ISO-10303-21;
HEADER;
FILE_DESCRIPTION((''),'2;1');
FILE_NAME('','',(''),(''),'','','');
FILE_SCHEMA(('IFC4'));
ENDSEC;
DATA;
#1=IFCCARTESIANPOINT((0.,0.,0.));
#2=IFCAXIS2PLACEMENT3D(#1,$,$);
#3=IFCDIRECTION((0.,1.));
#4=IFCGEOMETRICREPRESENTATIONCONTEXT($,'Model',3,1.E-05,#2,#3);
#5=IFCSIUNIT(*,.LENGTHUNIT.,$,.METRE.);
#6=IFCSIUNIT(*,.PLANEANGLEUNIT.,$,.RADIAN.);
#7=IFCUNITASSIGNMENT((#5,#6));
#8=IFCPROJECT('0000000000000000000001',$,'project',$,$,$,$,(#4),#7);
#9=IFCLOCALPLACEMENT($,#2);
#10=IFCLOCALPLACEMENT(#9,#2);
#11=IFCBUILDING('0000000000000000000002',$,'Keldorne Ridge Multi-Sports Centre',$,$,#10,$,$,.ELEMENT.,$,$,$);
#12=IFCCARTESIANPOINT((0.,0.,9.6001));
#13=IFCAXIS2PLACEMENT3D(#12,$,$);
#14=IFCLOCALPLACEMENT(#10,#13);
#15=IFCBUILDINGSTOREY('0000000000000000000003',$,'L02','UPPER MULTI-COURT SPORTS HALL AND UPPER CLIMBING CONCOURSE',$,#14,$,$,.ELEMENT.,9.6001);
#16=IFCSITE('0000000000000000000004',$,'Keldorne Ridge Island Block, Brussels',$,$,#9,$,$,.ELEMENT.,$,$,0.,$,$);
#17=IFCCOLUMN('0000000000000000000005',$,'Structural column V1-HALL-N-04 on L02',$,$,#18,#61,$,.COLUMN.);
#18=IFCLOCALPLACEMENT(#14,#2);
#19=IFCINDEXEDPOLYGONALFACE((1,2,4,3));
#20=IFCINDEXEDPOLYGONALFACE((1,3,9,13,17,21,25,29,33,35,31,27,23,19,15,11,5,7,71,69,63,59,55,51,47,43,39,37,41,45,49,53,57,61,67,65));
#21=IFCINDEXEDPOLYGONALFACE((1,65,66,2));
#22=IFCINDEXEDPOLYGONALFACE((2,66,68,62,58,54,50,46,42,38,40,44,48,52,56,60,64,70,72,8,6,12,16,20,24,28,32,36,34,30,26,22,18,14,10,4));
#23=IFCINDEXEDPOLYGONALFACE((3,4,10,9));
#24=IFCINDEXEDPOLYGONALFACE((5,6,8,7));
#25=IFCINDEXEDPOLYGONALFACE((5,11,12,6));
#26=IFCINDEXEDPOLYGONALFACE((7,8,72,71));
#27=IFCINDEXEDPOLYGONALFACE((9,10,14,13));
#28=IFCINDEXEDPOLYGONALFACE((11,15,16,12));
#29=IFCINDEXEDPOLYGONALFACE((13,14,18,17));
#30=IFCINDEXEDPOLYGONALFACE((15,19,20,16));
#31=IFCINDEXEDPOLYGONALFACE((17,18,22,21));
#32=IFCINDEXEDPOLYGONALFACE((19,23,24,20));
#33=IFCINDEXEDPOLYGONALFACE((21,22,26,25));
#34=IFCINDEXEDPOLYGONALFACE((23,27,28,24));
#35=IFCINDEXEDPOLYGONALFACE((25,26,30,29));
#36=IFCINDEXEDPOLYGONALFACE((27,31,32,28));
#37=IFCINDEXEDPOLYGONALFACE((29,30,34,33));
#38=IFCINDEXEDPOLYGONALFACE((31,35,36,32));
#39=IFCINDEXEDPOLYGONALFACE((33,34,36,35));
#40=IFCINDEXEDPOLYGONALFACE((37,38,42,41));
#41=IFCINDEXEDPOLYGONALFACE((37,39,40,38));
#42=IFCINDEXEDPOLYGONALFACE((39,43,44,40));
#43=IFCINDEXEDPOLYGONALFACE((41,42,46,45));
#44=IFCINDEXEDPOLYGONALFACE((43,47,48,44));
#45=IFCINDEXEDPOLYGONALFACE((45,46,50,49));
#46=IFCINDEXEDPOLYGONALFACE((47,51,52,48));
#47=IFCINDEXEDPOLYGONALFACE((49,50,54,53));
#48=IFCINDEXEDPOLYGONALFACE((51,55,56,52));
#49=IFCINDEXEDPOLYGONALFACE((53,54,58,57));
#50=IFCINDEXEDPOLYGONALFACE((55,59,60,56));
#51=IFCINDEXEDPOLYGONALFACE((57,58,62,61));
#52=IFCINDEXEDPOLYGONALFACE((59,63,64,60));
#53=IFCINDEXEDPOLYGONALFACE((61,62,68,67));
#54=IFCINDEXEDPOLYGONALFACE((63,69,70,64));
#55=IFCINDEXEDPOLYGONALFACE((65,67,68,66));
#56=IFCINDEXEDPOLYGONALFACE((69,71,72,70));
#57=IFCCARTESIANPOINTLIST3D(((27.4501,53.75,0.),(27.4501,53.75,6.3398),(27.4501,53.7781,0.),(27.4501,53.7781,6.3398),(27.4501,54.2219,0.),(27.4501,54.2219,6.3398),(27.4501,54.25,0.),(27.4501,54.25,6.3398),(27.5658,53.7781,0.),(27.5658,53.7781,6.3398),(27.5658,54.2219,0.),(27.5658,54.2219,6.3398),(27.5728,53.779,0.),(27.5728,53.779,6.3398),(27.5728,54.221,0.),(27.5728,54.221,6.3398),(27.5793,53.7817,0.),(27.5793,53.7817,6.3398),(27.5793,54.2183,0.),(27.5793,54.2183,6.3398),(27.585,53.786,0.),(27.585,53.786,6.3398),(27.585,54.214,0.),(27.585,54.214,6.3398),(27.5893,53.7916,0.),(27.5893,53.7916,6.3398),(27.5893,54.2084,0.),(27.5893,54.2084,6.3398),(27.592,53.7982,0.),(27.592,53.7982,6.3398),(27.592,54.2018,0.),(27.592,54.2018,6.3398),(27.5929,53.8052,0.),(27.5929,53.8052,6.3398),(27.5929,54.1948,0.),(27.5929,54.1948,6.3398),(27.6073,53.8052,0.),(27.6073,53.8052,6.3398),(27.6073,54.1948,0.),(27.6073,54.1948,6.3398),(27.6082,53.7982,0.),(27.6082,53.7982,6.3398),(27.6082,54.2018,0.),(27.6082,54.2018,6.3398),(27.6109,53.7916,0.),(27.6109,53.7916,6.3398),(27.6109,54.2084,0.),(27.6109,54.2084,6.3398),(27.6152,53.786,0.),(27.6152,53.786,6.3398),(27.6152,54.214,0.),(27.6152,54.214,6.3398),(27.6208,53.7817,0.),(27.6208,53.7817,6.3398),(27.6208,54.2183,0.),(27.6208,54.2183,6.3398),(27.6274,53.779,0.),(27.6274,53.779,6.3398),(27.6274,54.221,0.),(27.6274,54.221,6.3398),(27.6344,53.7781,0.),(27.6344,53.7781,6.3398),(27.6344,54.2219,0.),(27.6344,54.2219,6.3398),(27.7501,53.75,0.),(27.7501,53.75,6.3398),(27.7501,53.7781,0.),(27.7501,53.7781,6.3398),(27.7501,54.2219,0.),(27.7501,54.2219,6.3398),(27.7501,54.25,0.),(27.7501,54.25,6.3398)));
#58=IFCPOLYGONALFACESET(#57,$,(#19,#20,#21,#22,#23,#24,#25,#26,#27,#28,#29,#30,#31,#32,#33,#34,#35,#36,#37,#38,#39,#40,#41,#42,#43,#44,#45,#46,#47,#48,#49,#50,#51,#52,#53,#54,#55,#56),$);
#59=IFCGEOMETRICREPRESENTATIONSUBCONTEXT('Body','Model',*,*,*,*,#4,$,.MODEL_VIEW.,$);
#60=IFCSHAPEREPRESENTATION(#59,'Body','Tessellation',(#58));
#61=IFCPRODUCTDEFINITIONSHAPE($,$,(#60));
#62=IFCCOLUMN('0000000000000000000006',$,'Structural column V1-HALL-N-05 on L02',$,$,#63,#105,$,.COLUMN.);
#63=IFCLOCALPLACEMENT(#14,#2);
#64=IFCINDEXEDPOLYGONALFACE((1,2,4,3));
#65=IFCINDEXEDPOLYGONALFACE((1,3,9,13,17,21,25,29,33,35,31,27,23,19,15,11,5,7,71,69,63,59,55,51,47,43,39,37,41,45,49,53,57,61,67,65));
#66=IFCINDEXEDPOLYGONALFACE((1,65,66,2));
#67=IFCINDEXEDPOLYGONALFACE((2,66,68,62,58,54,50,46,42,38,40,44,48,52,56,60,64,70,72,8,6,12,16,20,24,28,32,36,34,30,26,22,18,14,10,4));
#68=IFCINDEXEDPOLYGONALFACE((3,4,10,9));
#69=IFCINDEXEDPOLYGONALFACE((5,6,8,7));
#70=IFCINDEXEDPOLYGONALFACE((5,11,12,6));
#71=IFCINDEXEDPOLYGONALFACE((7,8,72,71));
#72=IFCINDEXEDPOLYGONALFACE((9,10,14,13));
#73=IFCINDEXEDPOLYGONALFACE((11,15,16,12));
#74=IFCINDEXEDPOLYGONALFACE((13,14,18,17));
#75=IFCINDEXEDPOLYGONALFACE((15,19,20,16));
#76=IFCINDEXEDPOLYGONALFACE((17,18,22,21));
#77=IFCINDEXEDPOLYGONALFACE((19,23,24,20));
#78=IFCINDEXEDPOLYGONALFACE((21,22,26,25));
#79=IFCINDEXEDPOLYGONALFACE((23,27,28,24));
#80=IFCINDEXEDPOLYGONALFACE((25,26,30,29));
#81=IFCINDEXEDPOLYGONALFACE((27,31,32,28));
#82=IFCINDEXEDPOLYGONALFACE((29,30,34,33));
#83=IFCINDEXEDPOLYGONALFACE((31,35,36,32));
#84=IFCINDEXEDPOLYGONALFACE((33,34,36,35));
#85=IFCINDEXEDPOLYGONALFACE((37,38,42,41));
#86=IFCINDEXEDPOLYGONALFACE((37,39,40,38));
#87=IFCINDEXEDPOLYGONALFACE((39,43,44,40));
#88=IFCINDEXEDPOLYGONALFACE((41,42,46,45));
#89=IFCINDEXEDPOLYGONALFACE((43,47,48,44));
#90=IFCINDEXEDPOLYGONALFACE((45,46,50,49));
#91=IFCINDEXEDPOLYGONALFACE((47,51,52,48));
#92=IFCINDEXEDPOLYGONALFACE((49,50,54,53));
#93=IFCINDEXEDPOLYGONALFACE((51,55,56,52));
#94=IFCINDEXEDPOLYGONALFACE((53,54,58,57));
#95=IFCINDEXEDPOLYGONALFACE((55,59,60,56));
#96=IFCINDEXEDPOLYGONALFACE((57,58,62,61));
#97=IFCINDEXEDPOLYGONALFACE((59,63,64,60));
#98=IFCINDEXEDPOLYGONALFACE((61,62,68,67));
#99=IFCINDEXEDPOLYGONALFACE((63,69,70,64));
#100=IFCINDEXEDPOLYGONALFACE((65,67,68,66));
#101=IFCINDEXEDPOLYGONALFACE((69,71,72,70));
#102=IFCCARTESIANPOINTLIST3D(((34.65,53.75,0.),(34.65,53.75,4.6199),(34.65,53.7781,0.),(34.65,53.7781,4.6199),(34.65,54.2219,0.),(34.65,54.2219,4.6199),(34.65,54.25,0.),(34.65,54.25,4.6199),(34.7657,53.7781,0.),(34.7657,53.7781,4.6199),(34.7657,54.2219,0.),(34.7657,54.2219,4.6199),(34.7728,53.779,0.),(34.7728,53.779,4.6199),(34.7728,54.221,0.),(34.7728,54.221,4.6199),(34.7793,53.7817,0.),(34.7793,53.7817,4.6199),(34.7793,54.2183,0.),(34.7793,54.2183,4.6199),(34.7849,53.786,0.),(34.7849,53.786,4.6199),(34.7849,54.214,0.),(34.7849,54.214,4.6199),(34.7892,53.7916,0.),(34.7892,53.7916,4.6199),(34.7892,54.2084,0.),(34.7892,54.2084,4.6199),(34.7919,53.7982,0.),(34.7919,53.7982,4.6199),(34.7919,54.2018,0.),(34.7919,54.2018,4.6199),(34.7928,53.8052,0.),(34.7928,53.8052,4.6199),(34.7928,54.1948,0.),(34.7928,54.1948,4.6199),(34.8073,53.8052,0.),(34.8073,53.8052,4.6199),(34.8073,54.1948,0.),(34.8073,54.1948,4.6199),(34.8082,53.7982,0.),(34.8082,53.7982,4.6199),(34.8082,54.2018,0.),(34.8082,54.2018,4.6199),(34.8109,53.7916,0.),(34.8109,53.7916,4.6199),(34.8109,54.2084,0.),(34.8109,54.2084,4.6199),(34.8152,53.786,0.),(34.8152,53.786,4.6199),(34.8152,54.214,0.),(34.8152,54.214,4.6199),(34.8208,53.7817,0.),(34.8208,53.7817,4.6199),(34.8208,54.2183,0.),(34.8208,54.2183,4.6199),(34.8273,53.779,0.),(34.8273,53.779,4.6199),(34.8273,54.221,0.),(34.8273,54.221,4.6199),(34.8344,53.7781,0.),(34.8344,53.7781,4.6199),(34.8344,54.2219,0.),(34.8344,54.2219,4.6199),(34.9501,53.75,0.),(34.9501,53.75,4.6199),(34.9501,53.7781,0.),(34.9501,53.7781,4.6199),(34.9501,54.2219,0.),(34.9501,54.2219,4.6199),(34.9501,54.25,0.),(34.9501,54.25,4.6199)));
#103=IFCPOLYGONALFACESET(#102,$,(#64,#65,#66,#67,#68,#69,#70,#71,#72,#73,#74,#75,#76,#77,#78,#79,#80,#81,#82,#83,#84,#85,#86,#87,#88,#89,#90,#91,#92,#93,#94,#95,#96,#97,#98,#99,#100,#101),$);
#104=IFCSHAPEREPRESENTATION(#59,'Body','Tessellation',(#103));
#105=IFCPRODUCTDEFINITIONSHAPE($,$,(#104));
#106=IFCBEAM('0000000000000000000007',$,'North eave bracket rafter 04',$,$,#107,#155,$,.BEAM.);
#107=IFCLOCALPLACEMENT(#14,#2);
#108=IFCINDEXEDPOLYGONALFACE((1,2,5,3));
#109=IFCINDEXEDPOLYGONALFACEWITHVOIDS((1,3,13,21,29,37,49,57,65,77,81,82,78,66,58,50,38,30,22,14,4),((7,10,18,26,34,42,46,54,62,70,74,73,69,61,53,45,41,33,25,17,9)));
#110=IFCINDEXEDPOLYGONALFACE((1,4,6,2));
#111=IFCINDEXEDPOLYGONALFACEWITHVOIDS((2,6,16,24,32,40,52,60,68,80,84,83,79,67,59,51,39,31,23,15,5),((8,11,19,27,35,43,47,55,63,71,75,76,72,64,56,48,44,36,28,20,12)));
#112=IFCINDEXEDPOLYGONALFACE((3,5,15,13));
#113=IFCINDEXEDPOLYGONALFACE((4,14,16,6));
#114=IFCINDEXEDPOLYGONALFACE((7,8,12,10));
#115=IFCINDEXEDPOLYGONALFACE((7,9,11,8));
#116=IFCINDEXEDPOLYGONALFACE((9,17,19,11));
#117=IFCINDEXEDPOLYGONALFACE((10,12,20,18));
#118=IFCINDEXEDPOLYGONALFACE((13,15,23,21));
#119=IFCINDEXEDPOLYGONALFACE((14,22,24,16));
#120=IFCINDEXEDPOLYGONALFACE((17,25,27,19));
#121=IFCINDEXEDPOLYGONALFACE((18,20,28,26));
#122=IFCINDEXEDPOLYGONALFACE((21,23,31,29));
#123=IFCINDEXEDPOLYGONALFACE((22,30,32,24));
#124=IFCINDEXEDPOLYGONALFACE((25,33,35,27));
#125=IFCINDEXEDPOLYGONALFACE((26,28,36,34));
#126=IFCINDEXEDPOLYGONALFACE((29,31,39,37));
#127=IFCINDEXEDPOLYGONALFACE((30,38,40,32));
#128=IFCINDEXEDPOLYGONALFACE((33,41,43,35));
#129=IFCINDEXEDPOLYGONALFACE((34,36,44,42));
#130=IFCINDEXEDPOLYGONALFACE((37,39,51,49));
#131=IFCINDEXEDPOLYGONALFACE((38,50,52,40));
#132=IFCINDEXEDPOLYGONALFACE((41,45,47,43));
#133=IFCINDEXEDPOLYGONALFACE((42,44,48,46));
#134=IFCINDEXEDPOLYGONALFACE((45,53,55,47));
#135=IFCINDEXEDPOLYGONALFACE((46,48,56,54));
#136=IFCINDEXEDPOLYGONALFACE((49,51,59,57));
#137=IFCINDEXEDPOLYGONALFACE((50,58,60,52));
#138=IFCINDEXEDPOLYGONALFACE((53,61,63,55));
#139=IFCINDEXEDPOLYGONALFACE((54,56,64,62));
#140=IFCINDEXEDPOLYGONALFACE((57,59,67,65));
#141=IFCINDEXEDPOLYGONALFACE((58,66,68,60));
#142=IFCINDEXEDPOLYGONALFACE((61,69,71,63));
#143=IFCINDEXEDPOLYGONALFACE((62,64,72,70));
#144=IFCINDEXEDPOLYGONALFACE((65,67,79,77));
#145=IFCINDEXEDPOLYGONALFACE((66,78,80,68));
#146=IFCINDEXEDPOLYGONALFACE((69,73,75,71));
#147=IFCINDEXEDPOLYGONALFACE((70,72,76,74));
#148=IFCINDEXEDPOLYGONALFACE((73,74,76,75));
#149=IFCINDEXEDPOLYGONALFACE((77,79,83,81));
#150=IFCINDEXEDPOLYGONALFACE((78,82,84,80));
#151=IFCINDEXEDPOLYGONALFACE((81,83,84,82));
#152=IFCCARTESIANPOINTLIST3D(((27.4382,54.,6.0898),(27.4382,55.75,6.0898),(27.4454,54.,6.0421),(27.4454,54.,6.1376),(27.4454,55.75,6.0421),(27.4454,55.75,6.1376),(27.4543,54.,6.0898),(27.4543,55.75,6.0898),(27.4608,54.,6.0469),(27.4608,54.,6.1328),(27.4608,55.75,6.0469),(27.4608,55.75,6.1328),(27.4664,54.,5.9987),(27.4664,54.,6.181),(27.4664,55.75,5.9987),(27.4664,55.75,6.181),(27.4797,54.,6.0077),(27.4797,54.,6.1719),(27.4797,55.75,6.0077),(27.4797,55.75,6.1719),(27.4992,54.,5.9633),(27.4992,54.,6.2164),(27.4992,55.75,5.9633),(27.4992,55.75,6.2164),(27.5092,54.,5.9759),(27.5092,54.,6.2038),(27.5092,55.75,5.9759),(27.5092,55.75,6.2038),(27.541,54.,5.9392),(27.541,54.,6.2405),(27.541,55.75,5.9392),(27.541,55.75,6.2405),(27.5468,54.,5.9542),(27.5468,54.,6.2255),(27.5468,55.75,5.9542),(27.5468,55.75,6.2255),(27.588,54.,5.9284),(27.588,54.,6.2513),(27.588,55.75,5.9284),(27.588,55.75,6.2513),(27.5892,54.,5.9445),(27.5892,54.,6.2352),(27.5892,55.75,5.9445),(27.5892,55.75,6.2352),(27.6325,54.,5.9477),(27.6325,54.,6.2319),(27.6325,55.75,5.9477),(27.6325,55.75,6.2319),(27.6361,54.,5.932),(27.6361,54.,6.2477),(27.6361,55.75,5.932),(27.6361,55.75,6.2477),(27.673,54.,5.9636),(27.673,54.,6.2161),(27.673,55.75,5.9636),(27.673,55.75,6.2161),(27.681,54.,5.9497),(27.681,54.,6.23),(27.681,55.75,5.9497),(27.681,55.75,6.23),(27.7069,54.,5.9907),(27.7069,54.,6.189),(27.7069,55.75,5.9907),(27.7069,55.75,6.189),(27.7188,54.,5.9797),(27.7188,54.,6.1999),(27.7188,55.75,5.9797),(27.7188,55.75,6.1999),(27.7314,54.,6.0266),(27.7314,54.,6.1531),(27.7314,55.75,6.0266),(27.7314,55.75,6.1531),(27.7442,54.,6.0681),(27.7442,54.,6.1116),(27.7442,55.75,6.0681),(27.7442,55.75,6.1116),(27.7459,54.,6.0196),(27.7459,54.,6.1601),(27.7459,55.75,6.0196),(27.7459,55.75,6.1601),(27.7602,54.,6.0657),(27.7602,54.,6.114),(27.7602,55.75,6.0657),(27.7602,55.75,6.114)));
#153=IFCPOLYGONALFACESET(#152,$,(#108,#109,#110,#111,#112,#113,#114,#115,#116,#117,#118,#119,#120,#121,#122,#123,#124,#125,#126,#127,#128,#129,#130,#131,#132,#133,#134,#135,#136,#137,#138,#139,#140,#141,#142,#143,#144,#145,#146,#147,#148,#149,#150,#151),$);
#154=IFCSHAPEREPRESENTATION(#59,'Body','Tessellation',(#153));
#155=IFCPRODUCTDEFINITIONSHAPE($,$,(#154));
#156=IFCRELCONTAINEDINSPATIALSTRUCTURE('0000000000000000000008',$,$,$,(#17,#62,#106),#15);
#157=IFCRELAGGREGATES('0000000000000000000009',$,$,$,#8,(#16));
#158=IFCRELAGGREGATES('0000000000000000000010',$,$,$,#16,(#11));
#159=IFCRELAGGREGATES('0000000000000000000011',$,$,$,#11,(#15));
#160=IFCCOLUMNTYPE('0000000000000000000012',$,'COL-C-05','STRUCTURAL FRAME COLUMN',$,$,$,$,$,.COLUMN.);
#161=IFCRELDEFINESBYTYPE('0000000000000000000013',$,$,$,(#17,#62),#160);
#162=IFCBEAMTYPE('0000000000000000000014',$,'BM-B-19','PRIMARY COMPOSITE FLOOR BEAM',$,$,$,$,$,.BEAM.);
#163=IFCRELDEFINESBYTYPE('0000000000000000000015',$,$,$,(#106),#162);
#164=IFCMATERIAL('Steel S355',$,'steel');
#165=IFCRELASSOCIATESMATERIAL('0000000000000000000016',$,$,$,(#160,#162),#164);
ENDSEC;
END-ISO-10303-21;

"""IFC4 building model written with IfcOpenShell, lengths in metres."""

from ifc_helpers import new_model, si_unit, direction, frame, origin, origin_2d, place, context, subcontext, project, spatial, hollow_circle, i_section, extrude, material, material_profile, profile_set, type_object, element, save


model = new_model("IFC4")

# Units and contexts
model_context = context("Model", 3, precision=1e-05, world=origin(), true_north=direction((0.0, 1.0)))
body_context = subcontext(model_context, "Body", "Model", "MODEL_VIEW")
ifc_project = project(units=[si_unit("LENGTHUNIT", "METRE"), si_unit("PLANEANGLEUNIT", "RADIAN")], contexts=[model_context])

# Site, building, storey
site_placement = place(None, origin())
site = spatial("IfcSite", under=ifc_project, at=site_placement, Name="Keldorne Ridge Island Block, Brussels", CompositionType="ELEMENT", RefElevation=0.0)
building_placement = place(site_placement, origin())
building = spatial("IfcBuilding", under=site, at=building_placement, Name="Keldorne Ridge Multi-Sports Centre", CompositionType="ELEMENT")
storey_placement = place(building_placement, frame((0.0, 0.0, 9.6001)))
storey = spatial("IfcBuildingStorey", under=building, at=storey_placement, Name="L02", Description="UPPER MULTI-COURT SPORTS HALL AND UPPER CLIMBING CONCOURSE", CompositionType="ELEMENT", Elevation=9.6001)

# Columns
ifc_material_1 = material(Name="Steel S355", Category="steel")
ifc_material_profile_1 = material_profile(ifc_material_1, i_section(OverallWidth=0.3, OverallDepth=0.5, WebThickness=0.0144, FlangeThickness=0.0281, FilletRadius=0.0271, at=origin_2d()), Name="HEB 500")
ifc_profile_set_1 = profile_set([ifc_material_profile_1], Name="Steel S355")
column_type = type_object("IfcColumnType", Name="COL-C-05", Description="STRUCTURAL FRAME COLUMN", PredefinedType="COLUMN", material=ifc_profile_set_1)
column_1_placement = place(storey_placement, frame((27.6001, 54.0, 0.0), z_axis=(0.0, 0.0, 1.0), x_axis=(1.0, 0.0, 0.0)))
element("IfcColumn", 1, at=column_1_placement, inside=storey, type_object=column_type, Name="Structural column V1-HALL-N-04 on L02", PredefinedType="COLUMN", context=body_context, shape_type="SweptSolid", body=[
    extrude(i_section(OverallWidth=0.3, OverallDepth=0.5, WebThickness=0.0144, FlangeThickness=0.0281, FilletRadius=0.0271, at=origin_2d()), origin(), (0.0, 0.0, 1.0), 6.3398),
])
column_2_placement = place(storey_placement, frame((34.8, 54.0, 0.0), z_axis=(0.0, 0.0, 1.0), x_axis=(1.0, 0.0, 0.0)))
element("IfcColumn", 2, at=column_2_placement, inside=storey, type_object=column_type, Name="Structural column V1-HALL-N-05 on L02", PredefinedType="COLUMN", context=body_context, shape_type="SweptSolid", body=[
    extrude(i_section(OverallWidth=0.3, OverallDepth=0.5, WebThickness=0.0144, FlangeThickness=0.0281, FilletRadius=0.0271, at=origin_2d()), origin(), (0.0, 0.0, 1.0), 4.6199),
])

# Beam
ifc_material_profile_2 = material_profile(ifc_material_1, hollow_circle(Radius=0.1619, WallThickness=0.0161, at=origin_2d()), Name="CHS 323.9x16")
ifc_profile_set_2 = profile_set([ifc_material_profile_2], Name="Steel S355")
beam_type_1 = type_object("IfcBeamType", Name="BM-B-19", Description="PRIMARY COMPOSITE FLOOR BEAM", PredefinedType="BEAM", material=ifc_profile_set_2)
beam_1_placement = place(storey_placement, frame((27.6001, 54.0, 6.0898), z_axis=(0.0, 1.0, 0.0), x_axis=(-1.0, 0.0, 0.0)))
element("IfcBeam", 3, at=beam_1_placement, inside=storey, type_object=beam_type_1, Name="North eave bracket rafter 04", PredefinedType="BEAM", context=body_context, shape_type="SweptSolid", body=[
    extrude(hollow_circle(Radius=0.1619, WallThickness=0.0161, at=origin_2d()), origin(), (0.0, 0.0, 1.0), 1.75),
])

save(model, "model.ifc")
